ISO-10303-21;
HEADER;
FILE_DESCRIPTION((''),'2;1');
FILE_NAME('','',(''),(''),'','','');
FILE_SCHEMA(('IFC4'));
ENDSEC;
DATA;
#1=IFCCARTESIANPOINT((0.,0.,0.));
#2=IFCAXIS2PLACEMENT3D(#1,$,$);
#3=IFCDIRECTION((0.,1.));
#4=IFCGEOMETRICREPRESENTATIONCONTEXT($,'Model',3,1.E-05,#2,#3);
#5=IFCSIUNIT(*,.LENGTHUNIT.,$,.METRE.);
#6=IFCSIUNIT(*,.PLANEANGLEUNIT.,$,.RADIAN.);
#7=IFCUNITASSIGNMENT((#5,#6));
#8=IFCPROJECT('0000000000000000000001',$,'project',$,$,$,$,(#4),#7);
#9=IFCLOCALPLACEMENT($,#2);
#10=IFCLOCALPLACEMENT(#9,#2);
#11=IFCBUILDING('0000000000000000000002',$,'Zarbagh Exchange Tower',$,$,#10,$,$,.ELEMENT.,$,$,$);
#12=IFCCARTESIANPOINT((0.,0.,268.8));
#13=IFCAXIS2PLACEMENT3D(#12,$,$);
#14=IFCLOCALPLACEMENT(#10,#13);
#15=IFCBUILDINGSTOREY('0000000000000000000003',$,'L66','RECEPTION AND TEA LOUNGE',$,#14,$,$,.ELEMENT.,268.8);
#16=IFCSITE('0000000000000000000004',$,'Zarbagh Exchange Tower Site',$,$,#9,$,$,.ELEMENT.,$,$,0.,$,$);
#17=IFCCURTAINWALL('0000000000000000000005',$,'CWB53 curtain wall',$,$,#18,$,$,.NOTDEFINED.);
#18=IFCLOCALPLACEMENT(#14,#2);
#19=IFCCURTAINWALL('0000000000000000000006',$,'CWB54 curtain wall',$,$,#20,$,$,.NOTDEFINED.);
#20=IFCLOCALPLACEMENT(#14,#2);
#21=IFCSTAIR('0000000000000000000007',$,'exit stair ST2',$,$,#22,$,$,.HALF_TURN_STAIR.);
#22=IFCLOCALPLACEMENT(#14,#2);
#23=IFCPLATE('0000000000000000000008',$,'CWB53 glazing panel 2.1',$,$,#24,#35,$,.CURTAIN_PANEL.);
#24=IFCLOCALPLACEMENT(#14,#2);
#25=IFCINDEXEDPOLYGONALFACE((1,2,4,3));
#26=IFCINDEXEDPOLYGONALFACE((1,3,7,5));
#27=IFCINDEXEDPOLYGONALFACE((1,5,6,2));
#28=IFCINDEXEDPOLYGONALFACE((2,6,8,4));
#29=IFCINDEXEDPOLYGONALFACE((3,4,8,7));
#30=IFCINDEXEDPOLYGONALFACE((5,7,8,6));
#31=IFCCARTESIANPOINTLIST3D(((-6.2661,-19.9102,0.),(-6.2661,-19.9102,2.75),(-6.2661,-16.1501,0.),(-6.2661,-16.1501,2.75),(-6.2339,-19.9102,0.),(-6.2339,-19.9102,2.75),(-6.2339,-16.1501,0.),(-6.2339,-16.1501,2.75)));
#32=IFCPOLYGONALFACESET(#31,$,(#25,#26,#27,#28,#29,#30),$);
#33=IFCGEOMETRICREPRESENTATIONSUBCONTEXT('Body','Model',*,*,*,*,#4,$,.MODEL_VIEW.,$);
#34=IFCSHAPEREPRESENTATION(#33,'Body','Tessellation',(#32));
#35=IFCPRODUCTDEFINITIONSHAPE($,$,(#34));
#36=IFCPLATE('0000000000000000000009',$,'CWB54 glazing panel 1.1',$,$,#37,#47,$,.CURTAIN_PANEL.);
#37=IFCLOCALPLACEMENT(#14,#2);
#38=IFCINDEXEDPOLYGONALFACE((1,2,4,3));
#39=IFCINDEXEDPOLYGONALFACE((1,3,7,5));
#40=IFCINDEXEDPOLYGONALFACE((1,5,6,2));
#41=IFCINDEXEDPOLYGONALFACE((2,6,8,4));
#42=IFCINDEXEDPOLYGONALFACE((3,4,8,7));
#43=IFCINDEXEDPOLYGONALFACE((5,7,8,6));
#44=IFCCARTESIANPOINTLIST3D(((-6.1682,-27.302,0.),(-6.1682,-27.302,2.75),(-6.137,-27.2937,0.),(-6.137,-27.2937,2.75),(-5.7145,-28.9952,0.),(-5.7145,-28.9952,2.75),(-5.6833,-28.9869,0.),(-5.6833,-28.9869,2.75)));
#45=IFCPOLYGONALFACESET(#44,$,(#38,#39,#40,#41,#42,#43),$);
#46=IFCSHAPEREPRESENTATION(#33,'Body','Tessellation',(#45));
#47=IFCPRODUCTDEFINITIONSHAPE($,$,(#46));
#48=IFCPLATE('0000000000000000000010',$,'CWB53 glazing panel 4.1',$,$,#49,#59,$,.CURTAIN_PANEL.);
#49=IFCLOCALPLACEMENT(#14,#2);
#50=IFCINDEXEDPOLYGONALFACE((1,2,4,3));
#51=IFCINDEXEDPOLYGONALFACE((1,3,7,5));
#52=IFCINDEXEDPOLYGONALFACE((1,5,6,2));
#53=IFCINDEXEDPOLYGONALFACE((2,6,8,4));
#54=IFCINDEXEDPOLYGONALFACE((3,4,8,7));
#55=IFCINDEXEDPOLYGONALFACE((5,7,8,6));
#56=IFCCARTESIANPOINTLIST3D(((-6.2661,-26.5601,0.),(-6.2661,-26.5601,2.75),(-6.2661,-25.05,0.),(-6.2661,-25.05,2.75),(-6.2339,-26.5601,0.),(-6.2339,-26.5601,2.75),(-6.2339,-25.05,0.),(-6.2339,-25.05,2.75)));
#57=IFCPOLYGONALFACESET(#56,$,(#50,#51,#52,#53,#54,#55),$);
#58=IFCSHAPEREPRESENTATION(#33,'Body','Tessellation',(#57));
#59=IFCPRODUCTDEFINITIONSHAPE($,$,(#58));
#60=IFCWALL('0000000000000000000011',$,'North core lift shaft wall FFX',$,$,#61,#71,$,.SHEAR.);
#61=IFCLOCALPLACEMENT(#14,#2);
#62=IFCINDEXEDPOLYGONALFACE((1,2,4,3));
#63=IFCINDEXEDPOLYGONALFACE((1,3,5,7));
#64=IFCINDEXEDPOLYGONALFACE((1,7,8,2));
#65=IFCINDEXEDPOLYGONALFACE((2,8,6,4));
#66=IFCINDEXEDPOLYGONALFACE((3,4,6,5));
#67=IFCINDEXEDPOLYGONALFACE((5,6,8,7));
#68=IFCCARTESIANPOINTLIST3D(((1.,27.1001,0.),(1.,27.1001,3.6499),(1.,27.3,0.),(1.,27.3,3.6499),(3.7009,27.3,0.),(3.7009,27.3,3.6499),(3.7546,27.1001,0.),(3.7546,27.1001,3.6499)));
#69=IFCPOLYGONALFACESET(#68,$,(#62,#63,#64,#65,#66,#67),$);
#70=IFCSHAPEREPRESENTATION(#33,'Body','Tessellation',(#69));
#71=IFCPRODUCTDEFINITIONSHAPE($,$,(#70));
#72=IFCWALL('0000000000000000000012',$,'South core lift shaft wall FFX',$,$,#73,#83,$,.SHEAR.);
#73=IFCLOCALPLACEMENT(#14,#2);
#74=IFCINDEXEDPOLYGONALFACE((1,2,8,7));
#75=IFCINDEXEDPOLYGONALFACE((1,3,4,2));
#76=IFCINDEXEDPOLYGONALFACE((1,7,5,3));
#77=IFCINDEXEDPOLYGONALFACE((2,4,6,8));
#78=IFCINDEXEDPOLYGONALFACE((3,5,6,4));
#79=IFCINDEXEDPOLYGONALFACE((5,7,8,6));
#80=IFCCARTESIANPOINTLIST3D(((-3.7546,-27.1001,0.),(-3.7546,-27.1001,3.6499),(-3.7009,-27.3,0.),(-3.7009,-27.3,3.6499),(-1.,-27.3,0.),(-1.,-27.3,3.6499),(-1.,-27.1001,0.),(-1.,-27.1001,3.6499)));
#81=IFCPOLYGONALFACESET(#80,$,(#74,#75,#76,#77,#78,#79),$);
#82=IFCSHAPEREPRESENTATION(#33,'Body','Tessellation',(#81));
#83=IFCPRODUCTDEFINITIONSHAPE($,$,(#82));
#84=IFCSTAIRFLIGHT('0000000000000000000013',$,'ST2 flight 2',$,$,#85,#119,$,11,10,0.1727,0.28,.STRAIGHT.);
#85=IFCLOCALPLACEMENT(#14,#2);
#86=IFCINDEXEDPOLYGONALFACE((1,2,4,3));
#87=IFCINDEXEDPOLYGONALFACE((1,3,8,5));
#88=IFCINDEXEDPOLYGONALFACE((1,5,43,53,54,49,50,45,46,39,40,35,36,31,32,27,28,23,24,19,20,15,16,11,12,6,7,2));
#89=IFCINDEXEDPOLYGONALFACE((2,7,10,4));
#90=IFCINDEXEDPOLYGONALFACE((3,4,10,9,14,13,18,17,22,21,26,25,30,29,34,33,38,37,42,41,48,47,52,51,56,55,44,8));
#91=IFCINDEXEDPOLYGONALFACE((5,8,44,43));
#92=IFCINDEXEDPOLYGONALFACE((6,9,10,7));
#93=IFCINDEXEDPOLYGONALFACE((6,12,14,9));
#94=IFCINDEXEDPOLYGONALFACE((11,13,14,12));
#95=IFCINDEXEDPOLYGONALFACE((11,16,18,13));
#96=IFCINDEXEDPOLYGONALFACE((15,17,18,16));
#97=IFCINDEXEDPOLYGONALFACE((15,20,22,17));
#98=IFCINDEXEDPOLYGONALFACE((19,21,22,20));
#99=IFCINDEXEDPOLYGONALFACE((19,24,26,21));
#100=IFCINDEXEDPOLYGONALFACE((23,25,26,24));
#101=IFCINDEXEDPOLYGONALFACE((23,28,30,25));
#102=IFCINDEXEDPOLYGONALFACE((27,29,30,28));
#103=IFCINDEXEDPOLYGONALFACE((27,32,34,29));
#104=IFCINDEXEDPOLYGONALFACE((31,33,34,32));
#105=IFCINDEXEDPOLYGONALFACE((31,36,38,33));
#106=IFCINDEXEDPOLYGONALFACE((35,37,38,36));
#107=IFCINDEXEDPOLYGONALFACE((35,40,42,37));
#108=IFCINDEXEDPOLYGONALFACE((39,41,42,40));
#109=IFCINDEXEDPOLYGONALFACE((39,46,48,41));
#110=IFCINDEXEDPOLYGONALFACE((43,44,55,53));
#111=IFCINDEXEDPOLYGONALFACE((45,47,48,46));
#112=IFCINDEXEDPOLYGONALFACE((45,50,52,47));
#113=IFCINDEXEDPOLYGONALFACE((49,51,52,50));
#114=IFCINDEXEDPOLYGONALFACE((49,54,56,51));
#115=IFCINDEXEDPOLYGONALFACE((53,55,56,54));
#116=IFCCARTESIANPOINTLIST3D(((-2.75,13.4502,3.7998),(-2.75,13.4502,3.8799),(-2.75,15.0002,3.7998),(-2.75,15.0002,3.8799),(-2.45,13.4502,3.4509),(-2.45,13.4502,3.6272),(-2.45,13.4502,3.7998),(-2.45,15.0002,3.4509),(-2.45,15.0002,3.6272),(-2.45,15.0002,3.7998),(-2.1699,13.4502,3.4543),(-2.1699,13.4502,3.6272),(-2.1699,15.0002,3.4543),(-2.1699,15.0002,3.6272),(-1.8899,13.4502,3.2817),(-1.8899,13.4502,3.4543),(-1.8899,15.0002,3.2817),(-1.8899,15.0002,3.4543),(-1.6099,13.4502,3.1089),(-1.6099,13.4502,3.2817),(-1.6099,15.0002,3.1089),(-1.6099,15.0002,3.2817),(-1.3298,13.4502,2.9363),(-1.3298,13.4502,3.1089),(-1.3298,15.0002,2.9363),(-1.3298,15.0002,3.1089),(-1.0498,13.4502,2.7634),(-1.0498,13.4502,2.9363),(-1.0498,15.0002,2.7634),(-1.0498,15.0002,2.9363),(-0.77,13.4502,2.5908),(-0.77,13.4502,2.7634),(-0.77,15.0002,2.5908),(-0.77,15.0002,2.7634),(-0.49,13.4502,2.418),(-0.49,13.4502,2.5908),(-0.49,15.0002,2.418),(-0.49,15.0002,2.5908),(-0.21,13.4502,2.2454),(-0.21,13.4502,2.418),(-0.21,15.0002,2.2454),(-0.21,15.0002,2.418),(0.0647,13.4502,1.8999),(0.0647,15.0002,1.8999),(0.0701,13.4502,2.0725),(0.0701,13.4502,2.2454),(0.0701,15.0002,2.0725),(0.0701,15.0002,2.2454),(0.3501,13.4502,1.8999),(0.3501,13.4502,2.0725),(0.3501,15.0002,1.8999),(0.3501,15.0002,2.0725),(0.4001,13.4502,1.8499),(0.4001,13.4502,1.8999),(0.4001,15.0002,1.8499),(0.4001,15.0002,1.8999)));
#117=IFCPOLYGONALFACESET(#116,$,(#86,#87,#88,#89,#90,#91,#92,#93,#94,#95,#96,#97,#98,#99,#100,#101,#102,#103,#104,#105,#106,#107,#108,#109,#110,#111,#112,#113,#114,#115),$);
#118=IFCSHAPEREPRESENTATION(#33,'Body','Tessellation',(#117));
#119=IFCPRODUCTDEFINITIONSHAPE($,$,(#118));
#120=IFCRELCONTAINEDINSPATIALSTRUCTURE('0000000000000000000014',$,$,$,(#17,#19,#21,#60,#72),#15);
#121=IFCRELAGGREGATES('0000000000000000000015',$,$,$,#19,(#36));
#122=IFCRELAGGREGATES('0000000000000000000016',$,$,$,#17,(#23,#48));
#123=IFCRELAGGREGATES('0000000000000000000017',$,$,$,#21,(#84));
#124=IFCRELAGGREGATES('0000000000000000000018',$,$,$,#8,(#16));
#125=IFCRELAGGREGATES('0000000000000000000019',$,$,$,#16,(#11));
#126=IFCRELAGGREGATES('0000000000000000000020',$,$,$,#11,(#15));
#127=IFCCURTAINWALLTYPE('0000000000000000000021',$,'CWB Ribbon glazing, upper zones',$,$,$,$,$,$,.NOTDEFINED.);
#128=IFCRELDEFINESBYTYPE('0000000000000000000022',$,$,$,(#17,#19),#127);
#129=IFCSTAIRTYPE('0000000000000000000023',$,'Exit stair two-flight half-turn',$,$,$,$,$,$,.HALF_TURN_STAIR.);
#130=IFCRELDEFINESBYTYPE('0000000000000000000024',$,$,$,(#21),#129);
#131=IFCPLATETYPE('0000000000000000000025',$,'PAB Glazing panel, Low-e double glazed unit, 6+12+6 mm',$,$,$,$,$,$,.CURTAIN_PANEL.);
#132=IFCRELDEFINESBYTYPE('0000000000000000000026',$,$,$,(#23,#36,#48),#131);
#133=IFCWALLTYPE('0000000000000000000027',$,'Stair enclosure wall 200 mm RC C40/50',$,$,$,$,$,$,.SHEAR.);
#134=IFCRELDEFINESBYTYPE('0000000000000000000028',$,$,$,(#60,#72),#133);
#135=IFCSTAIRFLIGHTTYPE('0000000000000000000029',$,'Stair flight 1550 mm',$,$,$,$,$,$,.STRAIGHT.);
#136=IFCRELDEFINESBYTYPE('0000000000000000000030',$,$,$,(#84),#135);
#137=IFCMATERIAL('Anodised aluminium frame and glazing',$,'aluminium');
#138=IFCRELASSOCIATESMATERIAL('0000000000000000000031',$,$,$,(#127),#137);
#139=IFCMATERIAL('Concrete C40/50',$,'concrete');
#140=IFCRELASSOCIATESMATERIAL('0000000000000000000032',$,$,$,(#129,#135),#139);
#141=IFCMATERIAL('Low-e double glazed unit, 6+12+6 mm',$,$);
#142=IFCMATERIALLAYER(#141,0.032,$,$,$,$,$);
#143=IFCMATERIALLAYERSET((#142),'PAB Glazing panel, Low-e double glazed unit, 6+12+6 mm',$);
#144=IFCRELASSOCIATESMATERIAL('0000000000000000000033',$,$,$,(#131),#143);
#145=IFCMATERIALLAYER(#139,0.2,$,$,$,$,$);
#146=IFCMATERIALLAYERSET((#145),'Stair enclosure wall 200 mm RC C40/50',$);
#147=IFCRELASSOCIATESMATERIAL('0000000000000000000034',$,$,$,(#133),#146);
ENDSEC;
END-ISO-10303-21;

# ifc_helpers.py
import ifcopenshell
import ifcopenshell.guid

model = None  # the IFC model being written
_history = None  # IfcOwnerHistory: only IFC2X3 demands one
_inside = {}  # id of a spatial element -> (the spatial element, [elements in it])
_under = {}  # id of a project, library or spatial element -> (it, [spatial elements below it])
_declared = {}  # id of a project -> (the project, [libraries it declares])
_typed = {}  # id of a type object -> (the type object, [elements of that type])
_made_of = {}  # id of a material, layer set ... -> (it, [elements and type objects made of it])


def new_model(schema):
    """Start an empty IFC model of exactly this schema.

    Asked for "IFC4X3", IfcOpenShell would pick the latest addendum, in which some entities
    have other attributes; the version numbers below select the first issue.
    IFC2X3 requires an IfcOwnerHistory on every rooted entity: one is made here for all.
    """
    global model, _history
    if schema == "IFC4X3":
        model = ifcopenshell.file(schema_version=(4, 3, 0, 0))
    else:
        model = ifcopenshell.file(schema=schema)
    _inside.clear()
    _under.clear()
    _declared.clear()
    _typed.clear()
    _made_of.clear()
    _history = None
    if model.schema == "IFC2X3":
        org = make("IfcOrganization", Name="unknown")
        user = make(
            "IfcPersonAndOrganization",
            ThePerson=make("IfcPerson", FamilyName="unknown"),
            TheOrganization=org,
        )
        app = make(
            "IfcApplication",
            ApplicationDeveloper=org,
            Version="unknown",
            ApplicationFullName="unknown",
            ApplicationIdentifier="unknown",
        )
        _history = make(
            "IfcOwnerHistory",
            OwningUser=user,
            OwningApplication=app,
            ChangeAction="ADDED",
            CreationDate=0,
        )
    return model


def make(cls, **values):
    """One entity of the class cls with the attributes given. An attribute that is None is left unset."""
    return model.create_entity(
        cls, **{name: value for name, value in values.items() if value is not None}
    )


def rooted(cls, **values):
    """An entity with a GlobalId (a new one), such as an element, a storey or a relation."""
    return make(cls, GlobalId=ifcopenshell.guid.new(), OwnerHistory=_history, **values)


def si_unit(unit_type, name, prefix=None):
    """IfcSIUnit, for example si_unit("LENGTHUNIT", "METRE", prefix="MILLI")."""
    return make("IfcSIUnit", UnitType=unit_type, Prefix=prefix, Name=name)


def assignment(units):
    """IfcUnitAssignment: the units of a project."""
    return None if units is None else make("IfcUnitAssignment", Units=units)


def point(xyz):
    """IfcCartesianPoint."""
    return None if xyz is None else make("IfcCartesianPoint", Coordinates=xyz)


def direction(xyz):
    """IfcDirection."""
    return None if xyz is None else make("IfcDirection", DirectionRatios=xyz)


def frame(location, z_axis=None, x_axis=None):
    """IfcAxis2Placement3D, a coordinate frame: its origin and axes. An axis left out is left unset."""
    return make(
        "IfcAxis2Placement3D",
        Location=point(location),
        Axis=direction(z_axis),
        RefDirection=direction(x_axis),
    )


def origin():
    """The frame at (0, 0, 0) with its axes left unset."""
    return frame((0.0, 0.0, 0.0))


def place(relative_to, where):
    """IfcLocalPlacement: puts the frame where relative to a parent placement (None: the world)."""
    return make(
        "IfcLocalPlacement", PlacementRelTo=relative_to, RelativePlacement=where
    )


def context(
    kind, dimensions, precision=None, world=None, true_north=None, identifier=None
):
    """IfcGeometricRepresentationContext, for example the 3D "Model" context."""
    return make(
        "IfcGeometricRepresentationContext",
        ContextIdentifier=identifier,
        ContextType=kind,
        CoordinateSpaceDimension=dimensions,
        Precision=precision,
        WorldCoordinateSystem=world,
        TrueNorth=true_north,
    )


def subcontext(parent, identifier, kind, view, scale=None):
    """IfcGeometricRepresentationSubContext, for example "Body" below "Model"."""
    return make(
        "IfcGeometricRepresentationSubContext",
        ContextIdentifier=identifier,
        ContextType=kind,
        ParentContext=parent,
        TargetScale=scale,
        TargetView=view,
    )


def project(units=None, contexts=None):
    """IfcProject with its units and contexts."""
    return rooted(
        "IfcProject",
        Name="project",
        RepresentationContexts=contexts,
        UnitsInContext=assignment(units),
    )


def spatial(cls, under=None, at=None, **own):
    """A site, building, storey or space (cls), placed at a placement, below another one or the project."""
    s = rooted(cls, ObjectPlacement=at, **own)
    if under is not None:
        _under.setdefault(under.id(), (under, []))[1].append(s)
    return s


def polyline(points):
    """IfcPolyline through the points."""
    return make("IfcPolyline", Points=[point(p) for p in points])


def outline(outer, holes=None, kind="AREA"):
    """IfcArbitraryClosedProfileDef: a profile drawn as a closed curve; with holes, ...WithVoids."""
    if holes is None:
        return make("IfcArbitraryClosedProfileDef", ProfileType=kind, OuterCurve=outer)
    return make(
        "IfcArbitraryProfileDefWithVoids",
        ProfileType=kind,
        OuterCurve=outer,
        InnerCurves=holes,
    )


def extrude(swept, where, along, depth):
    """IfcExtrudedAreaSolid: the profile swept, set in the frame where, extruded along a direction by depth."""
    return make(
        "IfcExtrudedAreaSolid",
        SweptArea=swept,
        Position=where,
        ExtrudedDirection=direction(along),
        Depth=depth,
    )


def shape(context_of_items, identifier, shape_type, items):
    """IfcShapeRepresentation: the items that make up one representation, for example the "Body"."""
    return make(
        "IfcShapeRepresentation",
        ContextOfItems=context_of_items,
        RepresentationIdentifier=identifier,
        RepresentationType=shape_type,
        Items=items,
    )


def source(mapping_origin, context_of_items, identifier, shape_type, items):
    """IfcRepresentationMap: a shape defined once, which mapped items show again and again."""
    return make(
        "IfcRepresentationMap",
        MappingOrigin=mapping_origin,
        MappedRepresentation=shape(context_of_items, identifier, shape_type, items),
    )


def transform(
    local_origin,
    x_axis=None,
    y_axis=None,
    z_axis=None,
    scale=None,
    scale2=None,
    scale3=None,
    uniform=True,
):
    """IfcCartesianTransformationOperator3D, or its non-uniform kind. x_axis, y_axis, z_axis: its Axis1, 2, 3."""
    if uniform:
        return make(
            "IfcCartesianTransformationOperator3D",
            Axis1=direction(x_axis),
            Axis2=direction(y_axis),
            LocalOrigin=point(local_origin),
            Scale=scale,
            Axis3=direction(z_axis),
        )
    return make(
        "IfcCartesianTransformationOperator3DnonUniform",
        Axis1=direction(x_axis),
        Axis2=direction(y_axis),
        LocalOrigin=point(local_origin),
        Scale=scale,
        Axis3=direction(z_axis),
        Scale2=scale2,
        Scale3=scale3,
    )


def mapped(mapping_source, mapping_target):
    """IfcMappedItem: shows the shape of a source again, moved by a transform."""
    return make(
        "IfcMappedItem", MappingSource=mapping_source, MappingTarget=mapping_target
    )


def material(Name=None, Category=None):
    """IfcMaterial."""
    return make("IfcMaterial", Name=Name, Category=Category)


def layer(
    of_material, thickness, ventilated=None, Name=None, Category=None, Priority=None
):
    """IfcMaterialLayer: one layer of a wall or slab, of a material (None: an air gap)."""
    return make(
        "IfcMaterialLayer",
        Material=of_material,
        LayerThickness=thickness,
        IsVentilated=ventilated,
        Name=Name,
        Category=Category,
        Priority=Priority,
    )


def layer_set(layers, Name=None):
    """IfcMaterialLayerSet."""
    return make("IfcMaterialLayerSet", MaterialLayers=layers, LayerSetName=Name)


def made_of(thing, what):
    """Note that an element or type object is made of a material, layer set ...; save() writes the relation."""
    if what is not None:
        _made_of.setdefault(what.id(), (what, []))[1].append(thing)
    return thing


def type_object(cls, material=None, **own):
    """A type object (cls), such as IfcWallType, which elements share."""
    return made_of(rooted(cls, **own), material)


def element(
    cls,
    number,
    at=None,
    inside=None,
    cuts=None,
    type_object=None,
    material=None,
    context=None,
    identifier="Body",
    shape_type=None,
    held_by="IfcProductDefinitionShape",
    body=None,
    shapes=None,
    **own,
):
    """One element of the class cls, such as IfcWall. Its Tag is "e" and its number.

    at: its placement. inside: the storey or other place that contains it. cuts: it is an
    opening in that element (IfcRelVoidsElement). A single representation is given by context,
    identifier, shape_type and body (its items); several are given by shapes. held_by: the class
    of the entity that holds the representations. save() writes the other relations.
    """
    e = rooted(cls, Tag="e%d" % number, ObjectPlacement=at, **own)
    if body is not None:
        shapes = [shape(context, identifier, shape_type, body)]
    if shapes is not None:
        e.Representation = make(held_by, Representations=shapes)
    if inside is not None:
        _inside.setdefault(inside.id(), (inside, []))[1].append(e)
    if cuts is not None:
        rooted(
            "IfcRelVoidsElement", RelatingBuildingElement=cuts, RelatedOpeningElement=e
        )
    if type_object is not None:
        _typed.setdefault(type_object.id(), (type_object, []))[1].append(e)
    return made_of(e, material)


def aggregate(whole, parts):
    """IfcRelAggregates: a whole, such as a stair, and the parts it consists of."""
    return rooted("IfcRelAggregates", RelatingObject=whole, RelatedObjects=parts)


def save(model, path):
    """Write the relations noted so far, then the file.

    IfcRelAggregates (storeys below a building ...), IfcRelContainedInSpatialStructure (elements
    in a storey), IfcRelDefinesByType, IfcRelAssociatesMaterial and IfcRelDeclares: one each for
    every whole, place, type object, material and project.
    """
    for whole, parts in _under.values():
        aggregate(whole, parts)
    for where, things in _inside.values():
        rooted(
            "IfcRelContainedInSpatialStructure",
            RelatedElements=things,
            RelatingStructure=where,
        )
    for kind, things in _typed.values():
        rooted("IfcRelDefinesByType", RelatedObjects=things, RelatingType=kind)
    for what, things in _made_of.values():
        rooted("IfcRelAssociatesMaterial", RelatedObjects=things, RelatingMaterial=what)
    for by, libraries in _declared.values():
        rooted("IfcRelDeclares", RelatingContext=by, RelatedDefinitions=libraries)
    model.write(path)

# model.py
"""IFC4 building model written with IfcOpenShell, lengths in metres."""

from ifc_helpers import new_model, si_unit, direction, frame, origin, place, context, subcontext, project, spatial, polyline, outline, extrude, source, transform, mapped, material, layer, layer_set, type_object, element, aggregate, save


model = new_model("IFC4")

# Units and contexts
model_context = context("Model", 3, precision=1e-05, world=origin(), true_north=direction((0.0, 1.0)))
body_context = subcontext(model_context, "Body", "Model", "MODEL_VIEW")
ifc_project = project(units=[si_unit("LENGTHUNIT", "METRE"), si_unit("PLANEANGLEUNIT", "RADIAN")], contexts=[model_context])

# Site, building, storey
site_placement = place(None, origin())
site = spatial("IfcSite", under=ifc_project, at=site_placement, Name="Zarbagh Exchange Tower Site", CompositionType="ELEMENT", RefElevation=0.0)
building_placement = place(site_placement, origin())
building = spatial("IfcBuilding", under=site, at=building_placement, Name="Zarbagh Exchange Tower", CompositionType="ELEMENT")
storey_placement = place(building_placement, frame((0.0, 0.0, 268.8)))
storey = spatial("IfcBuildingStorey", under=building, at=storey_placement, Name="L66", Description="RECEPTION AND TEA LOUNGE", CompositionType="ELEMENT", Elevation=268.8)

# Curtain wall
ifc_material_1 = material(Name="Anodised aluminium frame and glazing", Category="aluminium")
curtain_wall_type = type_object("IfcCurtainWallType", Name="CWB Ribbon glazing, upper zones", PredefinedType="NOTDEFINED", material=ifc_material_1)
curtain_wall_1_placement = place(storey_placement, origin())
curtain_wall_1 = element("IfcCurtainWall", 1, at=curtain_wall_1_placement, inside=storey, type_object=curtain_wall_type, Name="CWB53 curtain wall", PredefinedType="NOTDEFINED")
placement = place(storey_placement, origin())

# Curtain wall
curtain_wall_2_placement = place(storey_placement, origin())
curtain_wall_2 = element("IfcCurtainWall", 2, at=curtain_wall_2_placement, inside=storey, type_object=curtain_wall_type, Name="CWB54 curtain wall", PredefinedType="NOTDEFINED")

# Stair
ifc_material_2 = material(Name="Concrete C40/50", Category="concrete")
stair_type = type_object("IfcStairType", Name="Exit stair two-flight half-turn", PredefinedType="HALF_TURN_STAIR", material=ifc_material_2)
stair_1_placement = place(storey_placement, origin())
stair_1 = element("IfcStair", 3, at=stair_1_placement, inside=storey, type_object=stair_type, Name="exit stair ST2", PredefinedType="HALF_TURN_STAIR")

# Shared definitions
ifc_material_3 = material(Name="Low-e double glazed unit, 6+12+6 mm")
ifc_layer_1 = layer(ifc_material_3, 0.032)
ifc_layer_set_1 = layer_set([ifc_layer_1], Name="PAB Glazing panel, Low-e double glazed unit, 6+12+6 mm")
plate_type = type_object("IfcPlateType", Name="PAB Glazing panel, Low-e double glazed unit, 6+12+6 mm", PredefinedType="CURTAIN_PANEL", material=ifc_layer_set_1)

# Plates
shared_shape_1 = source(origin(), body_context, "Body", "SweptSolid", [
    extrude(outline(polyline([(0.0, -0.0161), (3.76, -0.0161), (3.76, 0.0161), (0.0, 0.0161), (0.0, -0.0161)])), origin(), (0.0, 0.0, 1.0), 2.75),
])
plate_1 = element("IfcPlate", 4, at=placement, type_object=plate_type, Name="CWB53 glazing panel 2.1", PredefinedType="CURTAIN_PANEL", context=body_context, shape_type="MappedRepresentation", body=[
    mapped(shared_shape_1, transform((-6.25, -16.1501, 0.0), x_axis=(0.0, -1.0, 0.0), y_axis=(1.0, 0.0, 0.0), z_axis=(0.0, 0.0, 1.0))),
])
shared_shape_2 = source(origin(), body_context, "Body", "SweptSolid", [
    extrude(outline(polyline([(0.0, -0.0161), (1.7529, -0.0161), (1.7529, 0.0161), (0.0, 0.0161), (0.0, -0.0161)])), origin(), (0.0, 0.0, 1.0), 2.75),
])
plate_2 = element("IfcPlate", 5, at=placement, type_object=plate_type, Name="CWB54 glazing panel 1.1", PredefinedType="CURTAIN_PANEL", context=body_context, shape_type="MappedRepresentation", body=[
    mapped(shared_shape_2, transform((-6.1526, -27.2979, 0.0), x_axis=(0.258825, -0.965924, 0.0), y_axis=(0.965924, 0.258825, 0.0), z_axis=(0.0, 0.0, 1.0))),
])
aggregate(curtain_wall_2, [plate_2])
shared_shape_3 = source(origin(), body_context, "Body", "SweptSolid", [
    extrude(outline(polyline([(0.0, -0.0161), (1.51, -0.0161), (1.51, 0.0161), (0.0, 0.0161), (0.0, -0.0161)])), origin(), (0.0, 0.0, 1.0), 2.75),
])
plate_3 = element("IfcPlate", 6, at=placement, type_object=plate_type, Name="CWB53 glazing panel 4.1", PredefinedType="CURTAIN_PANEL", context=body_context, shape_type="MappedRepresentation", body=[
    mapped(shared_shape_3, transform((-6.25, -25.05, 0.0), x_axis=(0.0, -1.0, 0.0), y_axis=(1.0, 0.0, 0.0), z_axis=(0.0, 0.0, 1.0))),
])
aggregate(curtain_wall_1, [plate_1, plate_3])

# Walls
ifc_layer_2 = layer(ifc_material_2, 0.2)
ifc_layer_set_2 = layer_set([ifc_layer_2], Name="Stair enclosure wall 200 mm RC C40/50")
wall_type = type_object("IfcWallType", Name="Stair enclosure wall 200 mm RC C40/50", PredefinedType="SHEAR", material=ifc_layer_set_2)
wall_1_placement = place(storey_placement, origin())
element("IfcWall", 7, at=wall_1_placement, inside=storey, type_object=wall_type, Name="North core lift shaft wall FFX", PredefinedType="SHEAR", context=body_context, shape_type="SweptSolid", body=[
    extrude(outline(polyline([(1.0, 27.1001), (3.7546, 27.1001), (3.7009, 27.3), (1.0, 27.3), (1.0, 27.1001)])), origin(), (0.0, 0.0, 1.0), 3.6499),
])
wall_2_placement = place(storey_placement, origin())
element("IfcWall", 8, at=wall_2_placement, inside=storey, type_object=wall_type, Name="South core lift shaft wall FFX", PredefinedType="SHEAR", context=body_context, shape_type="SweptSolid", body=[
    extrude(outline(polyline([(-1.0, -27.1001), (-3.7546, -27.1001), (-3.7009, -27.3), (-1.0, -27.3), (-1.0, -27.1001)])), origin(), (0.0, 0.0, 1.0), 3.6499),
])

# Stair flight
stair_flight_type = type_object("IfcStairFlightType", Name="Stair flight 1550 mm", PredefinedType="STRAIGHT", material=ifc_material_2)
stair_flight_placement = place(storey_placement, frame((0.3501, 14.2251, 1.8999), z_axis=(0.0, 0.0, 1.0), x_axis=(-1.0, 0.0, 0.0)))
stair_flight = element("IfcStairFlight", 9, at=stair_flight_placement, type_object=stair_flight_type, Name="ST2 flight 2", NumberOfRisers=11, NumberOfTreads=10, PredefinedType="STRAIGHT", RiserHeight=0.1727, TreadLength=0.28, context=body_context, shape_type="SweptSolid", body=[
    extrude(outline(polyline([(-0.05, -0.05), (-0.05, 0.0), (0.0, 0.0), (0.0, 0.1726), (0.28, 0.1726), (0.28, 0.3455), (0.5601, 0.3455), (0.5601, 0.5181), (0.8401, 0.5181), (0.8401, 0.6909), (1.1201, 0.6909), (1.1201, 0.8635), (1.3999, 0.8635), (1.3999, 1.0364), (1.6799, 1.0364), (1.6799, 1.209), (1.96, 1.209), (1.96, 1.3818), (2.24, 1.3818), (2.24, 1.5544), (2.52, 1.5544), (2.52, 1.7273), (2.8, 1.7273), (2.8, 1.8999), (3.1001, 1.98), (3.1001, 1.8999), (2.8, 1.551), (0.2854, 0.0), (-0.05, -0.05)])), frame((0.0, 0.7749, 0.0), z_axis=(0.0, -1.0, 0.0), x_axis=(1.0, 0.0, 0.0)), (0.0, 0.0, 1.0), 1.55),
])
aggregate(stair_1, [stair_flight])

save(model, "model.ifc")
